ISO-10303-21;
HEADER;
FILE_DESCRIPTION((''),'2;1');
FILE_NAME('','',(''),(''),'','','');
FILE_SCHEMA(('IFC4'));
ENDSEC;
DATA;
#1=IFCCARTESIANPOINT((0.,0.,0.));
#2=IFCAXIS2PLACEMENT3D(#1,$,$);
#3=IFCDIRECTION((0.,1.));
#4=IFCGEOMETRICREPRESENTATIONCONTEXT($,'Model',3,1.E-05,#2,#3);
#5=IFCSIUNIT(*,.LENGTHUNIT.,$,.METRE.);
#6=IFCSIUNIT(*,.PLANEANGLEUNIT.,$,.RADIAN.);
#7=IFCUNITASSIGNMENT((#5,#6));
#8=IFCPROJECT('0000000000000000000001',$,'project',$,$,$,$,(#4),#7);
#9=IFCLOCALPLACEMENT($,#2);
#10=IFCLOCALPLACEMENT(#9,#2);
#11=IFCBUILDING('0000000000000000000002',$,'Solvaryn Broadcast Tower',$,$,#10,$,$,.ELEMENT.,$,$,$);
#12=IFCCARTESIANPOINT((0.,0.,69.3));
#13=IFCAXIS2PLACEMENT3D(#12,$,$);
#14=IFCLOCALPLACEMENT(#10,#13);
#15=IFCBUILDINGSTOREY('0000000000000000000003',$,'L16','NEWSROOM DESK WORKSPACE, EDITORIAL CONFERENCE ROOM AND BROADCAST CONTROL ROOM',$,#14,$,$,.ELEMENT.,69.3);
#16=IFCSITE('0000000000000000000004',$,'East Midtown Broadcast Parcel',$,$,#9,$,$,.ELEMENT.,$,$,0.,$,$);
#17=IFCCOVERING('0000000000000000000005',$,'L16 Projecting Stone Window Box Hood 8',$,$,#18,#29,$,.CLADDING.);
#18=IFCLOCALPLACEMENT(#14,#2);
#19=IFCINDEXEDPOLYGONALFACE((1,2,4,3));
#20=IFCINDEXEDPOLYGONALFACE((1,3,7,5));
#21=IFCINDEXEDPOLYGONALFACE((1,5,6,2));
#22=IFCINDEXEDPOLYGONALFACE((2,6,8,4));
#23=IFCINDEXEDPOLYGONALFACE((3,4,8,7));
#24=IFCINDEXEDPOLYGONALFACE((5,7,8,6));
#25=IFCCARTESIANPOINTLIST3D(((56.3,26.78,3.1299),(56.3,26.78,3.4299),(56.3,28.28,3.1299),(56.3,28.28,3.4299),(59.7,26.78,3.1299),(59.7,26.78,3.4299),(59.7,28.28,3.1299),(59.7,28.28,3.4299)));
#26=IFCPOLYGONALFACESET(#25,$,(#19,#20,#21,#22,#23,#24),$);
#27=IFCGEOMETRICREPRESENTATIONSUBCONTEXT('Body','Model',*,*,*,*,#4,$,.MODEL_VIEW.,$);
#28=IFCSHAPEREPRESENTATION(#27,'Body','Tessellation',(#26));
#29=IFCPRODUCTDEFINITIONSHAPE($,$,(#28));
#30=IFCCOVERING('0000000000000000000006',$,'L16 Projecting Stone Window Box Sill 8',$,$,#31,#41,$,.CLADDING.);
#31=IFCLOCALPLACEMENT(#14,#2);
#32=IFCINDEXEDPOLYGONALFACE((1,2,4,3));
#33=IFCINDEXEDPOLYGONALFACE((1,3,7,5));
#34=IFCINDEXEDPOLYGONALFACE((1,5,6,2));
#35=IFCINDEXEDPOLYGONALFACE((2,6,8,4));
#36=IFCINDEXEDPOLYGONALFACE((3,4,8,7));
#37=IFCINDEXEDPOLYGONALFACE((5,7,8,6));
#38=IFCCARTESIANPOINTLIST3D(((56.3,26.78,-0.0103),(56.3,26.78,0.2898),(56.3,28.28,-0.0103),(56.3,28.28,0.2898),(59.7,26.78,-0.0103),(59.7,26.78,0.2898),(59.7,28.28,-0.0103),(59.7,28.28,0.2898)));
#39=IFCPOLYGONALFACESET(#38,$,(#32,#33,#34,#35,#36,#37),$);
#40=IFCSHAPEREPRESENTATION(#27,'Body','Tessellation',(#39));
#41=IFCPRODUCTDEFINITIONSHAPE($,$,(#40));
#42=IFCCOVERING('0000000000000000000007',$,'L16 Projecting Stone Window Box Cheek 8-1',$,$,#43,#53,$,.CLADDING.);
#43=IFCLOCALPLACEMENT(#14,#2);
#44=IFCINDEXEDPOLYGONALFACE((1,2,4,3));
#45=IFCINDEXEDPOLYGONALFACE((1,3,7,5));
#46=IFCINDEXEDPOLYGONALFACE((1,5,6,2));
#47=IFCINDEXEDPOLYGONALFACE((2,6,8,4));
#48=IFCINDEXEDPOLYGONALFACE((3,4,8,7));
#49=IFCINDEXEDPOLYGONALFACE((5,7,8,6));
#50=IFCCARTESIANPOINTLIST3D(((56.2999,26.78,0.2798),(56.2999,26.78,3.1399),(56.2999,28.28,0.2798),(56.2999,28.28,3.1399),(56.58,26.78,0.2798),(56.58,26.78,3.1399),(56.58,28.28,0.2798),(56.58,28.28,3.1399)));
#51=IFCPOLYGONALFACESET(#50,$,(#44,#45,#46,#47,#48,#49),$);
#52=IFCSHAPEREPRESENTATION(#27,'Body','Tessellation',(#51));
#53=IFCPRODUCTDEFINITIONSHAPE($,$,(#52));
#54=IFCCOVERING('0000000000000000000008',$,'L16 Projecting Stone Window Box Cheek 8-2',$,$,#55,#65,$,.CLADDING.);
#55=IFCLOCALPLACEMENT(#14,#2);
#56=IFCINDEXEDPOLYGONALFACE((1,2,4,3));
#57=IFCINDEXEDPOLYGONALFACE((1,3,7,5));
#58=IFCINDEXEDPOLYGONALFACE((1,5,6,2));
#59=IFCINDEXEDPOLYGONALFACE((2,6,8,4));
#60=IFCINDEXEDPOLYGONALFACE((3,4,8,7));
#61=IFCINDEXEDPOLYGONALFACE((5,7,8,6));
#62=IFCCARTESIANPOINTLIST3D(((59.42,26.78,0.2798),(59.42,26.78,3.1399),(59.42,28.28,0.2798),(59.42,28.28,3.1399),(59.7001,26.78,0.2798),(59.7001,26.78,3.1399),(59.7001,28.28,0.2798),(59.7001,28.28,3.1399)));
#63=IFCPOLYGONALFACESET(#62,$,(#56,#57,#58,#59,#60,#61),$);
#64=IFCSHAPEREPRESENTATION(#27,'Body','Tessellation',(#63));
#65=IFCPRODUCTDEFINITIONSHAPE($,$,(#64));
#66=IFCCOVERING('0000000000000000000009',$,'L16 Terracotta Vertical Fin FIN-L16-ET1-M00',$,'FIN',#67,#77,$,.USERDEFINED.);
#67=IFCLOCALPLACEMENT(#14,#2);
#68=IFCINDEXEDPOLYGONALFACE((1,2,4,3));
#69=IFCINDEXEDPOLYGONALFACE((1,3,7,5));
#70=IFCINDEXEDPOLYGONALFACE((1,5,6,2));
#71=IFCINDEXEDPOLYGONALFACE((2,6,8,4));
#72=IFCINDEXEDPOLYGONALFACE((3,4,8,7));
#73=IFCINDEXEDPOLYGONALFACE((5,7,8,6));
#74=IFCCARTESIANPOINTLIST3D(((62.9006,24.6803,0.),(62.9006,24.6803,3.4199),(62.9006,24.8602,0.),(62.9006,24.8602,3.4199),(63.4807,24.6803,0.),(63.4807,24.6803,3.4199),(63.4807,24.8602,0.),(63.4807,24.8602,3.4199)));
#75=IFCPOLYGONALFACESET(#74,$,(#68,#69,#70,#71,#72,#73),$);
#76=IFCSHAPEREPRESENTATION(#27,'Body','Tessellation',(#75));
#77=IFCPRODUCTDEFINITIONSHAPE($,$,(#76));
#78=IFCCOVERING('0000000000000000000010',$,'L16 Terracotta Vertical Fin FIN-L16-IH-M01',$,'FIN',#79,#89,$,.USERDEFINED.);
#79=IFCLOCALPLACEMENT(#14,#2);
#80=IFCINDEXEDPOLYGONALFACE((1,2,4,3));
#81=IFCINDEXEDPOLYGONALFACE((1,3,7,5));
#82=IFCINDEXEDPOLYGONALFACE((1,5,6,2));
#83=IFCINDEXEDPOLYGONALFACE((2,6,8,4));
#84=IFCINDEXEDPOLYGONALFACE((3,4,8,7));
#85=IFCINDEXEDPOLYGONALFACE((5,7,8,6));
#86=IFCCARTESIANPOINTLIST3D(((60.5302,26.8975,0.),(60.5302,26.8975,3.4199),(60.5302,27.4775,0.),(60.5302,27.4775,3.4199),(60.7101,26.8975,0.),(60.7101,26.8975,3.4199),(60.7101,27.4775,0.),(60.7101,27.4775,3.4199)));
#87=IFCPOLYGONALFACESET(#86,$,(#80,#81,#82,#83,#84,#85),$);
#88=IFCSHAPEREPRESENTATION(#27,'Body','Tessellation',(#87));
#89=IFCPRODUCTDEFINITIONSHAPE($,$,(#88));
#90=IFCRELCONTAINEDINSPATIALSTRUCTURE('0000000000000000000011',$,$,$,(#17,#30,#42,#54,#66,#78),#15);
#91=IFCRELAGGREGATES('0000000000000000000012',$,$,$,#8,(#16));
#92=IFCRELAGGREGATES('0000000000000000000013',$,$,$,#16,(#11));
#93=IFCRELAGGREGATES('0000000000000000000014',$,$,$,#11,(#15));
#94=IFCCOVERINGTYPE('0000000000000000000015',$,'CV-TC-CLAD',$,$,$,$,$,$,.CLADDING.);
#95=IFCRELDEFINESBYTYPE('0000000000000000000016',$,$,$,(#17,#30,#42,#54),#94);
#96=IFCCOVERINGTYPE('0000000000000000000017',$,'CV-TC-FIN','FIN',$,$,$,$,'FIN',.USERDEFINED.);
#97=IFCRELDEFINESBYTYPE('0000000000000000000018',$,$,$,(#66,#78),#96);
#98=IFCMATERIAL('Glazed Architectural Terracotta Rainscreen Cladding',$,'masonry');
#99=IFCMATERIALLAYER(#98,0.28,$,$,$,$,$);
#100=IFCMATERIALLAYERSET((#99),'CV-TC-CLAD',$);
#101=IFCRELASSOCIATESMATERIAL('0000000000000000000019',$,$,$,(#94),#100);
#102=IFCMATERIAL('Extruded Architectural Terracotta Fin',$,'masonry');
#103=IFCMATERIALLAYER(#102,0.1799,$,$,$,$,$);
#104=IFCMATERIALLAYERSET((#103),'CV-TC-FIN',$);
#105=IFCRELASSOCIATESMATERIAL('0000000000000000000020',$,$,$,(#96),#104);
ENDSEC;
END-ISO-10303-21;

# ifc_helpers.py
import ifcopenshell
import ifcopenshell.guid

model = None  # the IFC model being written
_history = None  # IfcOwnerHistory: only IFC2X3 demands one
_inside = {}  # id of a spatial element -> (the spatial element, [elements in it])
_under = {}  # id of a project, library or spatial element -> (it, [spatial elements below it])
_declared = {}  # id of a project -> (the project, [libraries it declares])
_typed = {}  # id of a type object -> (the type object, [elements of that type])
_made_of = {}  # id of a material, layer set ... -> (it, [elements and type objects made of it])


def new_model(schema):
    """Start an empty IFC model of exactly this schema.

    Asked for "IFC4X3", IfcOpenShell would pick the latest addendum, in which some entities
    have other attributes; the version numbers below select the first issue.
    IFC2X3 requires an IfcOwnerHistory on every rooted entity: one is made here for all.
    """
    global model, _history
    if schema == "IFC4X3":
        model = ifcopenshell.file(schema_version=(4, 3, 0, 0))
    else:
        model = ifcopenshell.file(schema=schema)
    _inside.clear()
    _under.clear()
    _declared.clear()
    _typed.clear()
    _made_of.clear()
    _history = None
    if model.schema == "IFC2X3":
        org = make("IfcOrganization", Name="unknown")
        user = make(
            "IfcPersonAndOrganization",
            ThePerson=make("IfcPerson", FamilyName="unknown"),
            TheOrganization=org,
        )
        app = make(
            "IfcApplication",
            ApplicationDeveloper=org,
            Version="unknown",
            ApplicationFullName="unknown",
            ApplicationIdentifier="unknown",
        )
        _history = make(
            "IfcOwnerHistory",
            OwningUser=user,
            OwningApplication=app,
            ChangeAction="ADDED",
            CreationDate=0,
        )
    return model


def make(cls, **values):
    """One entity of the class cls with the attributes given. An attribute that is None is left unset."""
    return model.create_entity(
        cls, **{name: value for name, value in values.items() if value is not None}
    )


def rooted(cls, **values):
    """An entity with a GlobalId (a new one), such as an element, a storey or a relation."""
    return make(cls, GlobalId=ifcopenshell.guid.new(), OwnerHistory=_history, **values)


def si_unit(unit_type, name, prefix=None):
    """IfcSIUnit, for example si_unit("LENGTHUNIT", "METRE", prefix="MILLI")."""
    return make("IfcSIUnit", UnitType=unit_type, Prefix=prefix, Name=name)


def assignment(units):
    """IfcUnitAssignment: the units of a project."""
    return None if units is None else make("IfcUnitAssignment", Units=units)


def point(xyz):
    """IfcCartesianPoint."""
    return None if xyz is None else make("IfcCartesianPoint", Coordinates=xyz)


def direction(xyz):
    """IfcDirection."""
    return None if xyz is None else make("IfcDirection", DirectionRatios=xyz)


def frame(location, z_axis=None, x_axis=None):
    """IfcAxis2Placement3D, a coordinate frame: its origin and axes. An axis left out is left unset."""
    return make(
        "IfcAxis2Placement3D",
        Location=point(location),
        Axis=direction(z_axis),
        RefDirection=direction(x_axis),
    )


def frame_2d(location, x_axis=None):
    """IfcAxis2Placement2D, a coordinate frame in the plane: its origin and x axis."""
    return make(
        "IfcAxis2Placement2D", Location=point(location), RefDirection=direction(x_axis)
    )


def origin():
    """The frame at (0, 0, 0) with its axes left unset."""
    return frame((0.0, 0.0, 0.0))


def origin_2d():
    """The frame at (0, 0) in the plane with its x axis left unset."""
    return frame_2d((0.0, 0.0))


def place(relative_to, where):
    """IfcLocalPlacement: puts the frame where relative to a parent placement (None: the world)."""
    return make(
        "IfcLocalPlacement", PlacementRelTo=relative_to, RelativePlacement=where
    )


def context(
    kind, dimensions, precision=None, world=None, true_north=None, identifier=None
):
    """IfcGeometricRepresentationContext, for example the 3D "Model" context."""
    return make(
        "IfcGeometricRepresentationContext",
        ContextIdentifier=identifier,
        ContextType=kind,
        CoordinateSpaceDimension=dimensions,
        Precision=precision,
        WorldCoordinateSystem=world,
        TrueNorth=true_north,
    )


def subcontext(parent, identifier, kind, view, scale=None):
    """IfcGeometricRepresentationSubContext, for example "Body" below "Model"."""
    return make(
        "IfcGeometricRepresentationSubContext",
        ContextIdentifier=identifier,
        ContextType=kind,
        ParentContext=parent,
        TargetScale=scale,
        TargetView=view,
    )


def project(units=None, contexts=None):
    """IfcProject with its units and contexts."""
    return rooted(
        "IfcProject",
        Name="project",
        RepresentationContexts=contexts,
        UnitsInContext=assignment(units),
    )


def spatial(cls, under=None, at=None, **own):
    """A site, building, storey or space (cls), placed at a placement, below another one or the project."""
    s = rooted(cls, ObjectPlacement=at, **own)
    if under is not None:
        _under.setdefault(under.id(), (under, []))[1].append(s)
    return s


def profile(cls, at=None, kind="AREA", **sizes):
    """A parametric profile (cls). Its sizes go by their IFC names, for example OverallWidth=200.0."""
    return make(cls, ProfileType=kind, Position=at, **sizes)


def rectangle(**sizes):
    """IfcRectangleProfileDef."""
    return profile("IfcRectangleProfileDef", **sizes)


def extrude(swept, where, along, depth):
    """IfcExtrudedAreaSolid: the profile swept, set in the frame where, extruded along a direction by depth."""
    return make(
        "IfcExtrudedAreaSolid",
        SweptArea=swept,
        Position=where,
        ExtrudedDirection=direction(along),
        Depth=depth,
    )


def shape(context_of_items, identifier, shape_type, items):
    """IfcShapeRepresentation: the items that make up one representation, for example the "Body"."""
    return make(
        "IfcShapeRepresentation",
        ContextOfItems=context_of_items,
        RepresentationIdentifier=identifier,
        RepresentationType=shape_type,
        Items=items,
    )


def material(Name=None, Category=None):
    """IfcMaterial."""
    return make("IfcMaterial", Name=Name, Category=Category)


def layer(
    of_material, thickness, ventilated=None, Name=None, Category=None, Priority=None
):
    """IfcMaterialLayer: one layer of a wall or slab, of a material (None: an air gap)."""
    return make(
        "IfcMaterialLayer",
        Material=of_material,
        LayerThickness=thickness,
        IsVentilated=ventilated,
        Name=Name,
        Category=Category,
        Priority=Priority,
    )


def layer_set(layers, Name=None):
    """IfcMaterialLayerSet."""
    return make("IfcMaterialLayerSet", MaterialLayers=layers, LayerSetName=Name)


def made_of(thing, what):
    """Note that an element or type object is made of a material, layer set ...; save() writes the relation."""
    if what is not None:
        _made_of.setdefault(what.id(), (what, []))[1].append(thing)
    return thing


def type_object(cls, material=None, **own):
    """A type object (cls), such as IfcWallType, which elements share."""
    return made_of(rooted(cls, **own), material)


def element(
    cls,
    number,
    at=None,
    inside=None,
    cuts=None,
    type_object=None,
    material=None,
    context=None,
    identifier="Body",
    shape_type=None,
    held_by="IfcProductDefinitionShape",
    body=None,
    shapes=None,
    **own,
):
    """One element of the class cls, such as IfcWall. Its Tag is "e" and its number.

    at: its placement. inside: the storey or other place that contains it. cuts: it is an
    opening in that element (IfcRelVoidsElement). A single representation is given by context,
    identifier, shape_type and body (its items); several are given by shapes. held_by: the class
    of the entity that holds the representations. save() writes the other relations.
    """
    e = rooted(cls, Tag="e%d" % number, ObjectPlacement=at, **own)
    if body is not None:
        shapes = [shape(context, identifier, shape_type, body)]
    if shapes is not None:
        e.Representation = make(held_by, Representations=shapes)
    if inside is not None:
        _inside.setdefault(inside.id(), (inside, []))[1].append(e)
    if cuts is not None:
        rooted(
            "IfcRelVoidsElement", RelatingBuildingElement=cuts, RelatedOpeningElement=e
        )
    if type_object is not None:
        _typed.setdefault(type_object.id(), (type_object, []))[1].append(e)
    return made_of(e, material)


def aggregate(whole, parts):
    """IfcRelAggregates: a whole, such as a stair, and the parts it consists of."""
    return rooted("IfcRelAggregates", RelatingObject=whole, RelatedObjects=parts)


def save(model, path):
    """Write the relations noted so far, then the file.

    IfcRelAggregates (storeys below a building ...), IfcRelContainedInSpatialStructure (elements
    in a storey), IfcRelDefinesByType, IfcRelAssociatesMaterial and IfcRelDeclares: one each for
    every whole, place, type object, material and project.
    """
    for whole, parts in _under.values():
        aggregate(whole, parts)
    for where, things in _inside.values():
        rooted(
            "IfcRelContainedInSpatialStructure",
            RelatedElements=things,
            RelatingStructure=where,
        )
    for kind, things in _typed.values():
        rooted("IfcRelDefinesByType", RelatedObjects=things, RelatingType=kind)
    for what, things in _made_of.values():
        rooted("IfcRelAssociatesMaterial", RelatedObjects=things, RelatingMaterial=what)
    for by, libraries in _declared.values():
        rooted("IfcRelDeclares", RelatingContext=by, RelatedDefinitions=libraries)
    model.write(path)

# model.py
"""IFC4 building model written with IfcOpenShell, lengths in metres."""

from ifc_helpers import new_model, si_unit, direction, frame, origin, origin_2d, place, context, subcontext, project, spatial, rectangle, extrude, material, layer, layer_set, type_object, element, save


model = new_model("IFC4")

# Units and contexts
model_context = context("Model", 3, precision=1e-05, world=origin(), true_north=direction((0.0, 1.0)))
body_context = subcontext(model_context, "Body", "Model", "MODEL_VIEW")
ifc_project = project(units=[si_unit("LENGTHUNIT", "METRE"), si_unit("PLANEANGLEUNIT", "RADIAN")], contexts=[model_context])

# Site, building, storey
site_placement = place(None, origin())
site = spatial("IfcSite", under=ifc_project, at=site_placement, Name="East Midtown Broadcast Parcel", CompositionType="ELEMENT", RefElevation=0.0)
building_placement = place(site_placement, origin())
building = spatial("IfcBuilding", under=site, at=building_placement, Name="Solvaryn Broadcast Tower", CompositionType="ELEMENT")
storey_placement = place(building_placement, frame((0.0, 0.0, 69.3)))
storey = spatial("IfcBuildingStorey", under=building, at=storey_placement, Name="L16", Description="NEWSROOM DESK WORKSPACE, EDITORIAL CONFERENCE ROOM AND BROADCAST CONTROL ROOM", CompositionType="ELEMENT", Elevation=69.3)

# Coverings
ifc_material_1 = material(Name="Glazed Architectural Terracotta Rainscreen Cladding", Category="masonry")
ifc_layer_1 = layer(ifc_material_1, 0.28)
ifc_layer_set_1 = layer_set([ifc_layer_1], Name="CV-TC-CLAD")
covering_type_1 = type_object("IfcCoveringType", Name="CV-TC-CLAD", PredefinedType="CLADDING", material=ifc_layer_set_1)
for number, where, z_axis, x_axis, name in (
    (1, (58.0, 27.53, 3.1299), (0.0, 0.0, 1.0), (1.0, 0.0, 0.0), "L16 Projecting Stone Window Box Hood 8"),
    (2, (58.0, 27.53, -0.0103), (0.0, 0.0, 1.0), (1.0, 0.0, 0.0), "L16 Projecting Stone Window Box Sill 8"),
):
    element("IfcCovering", number, at=place(storey_placement, frame(where, z_axis=z_axis, x_axis=x_axis)), inside=storey, type_object=covering_type_1, Name=name, PredefinedType="CLADDING", context=body_context, shape_type="SweptSolid", body=[
        extrude(rectangle(XDim=3.3999, YDim=1.5, at=origin_2d()), origin(), (0.0, 0.0, 1.0), 0.3),
    ])
for number, where, z_axis, x_axis, name in (
    (3, (56.4399, 27.53, 0.2798), (0.0, 0.0, 1.0), (1.0, 0.0, 0.0), "L16 Projecting Stone Window Box Cheek 8-1"),
    (4, (59.5601, 27.53, 0.2798), (0.0, 0.0, 1.0), (1.0, 0.0, 0.0), "L16 Projecting Stone Window Box Cheek 8-2"),
):
    element("IfcCovering", number, at=place(storey_placement, frame(where, z_axis=z_axis, x_axis=x_axis)), inside=storey, type_object=covering_type_1, Name=name, PredefinedType="CLADDING", context=body_context, shape_type="SweptSolid", body=[
        extrude(rectangle(XDim=0.28, YDim=1.5, at=origin_2d()), origin(), (0.0, 0.0, 1.0), 2.8601),
    ])
ifc_material_2 = material(Name="Extruded Architectural Terracotta Fin", Category="masonry")
ifc_layer_2 = layer(ifc_material_2, 0.1799)
ifc_layer_set_2 = layer_set([ifc_layer_2], Name="CV-TC-FIN")
covering_type_2 = type_object("IfcCoveringType", Name="CV-TC-FIN", Description="FIN", ElementType="FIN", PredefinedType="USERDEFINED", material=ifc_layer_set_2)
covering_1_placement = place(storey_placement, frame((63.1907, 24.7703, 0.0), z_axis=(0.0, 0.0, 1.0), x_axis=(1.0, 0.0, 0.0)))
element("IfcCovering", 5, at=covering_1_placement, inside=storey, type_object=covering_type_2, Name="L16 Terracotta Vertical Fin FIN-L16-ET1-M00", ObjectType="FIN", PredefinedType="USERDEFINED", context=body_context, shape_type="SweptSolid", body=[
    extrude(rectangle(XDim=0.5801, YDim=0.1799, at=origin_2d()), origin(), (0.0, 0.0, 1.0), 3.4199),
])
covering_2_placement = place(storey_placement, frame((60.6201, 27.1875, 0.0), z_axis=(0.0, 0.0, 1.0), x_axis=(1.0, 0.0, 0.0)))
element("IfcCovering", 6, at=covering_2_placement, inside=storey, type_object=covering_type_2, Name="L16 Terracotta Vertical Fin FIN-L16-IH-M01", ObjectType="FIN", PredefinedType="USERDEFINED", context=body_context, shape_type="SweptSolid", body=[
    extrude(rectangle(XDim=0.1799, YDim=0.5801, at=origin_2d()), origin(), (0.0, 0.0, 1.0), 3.4199),
])

save(model, "model.ifc")
